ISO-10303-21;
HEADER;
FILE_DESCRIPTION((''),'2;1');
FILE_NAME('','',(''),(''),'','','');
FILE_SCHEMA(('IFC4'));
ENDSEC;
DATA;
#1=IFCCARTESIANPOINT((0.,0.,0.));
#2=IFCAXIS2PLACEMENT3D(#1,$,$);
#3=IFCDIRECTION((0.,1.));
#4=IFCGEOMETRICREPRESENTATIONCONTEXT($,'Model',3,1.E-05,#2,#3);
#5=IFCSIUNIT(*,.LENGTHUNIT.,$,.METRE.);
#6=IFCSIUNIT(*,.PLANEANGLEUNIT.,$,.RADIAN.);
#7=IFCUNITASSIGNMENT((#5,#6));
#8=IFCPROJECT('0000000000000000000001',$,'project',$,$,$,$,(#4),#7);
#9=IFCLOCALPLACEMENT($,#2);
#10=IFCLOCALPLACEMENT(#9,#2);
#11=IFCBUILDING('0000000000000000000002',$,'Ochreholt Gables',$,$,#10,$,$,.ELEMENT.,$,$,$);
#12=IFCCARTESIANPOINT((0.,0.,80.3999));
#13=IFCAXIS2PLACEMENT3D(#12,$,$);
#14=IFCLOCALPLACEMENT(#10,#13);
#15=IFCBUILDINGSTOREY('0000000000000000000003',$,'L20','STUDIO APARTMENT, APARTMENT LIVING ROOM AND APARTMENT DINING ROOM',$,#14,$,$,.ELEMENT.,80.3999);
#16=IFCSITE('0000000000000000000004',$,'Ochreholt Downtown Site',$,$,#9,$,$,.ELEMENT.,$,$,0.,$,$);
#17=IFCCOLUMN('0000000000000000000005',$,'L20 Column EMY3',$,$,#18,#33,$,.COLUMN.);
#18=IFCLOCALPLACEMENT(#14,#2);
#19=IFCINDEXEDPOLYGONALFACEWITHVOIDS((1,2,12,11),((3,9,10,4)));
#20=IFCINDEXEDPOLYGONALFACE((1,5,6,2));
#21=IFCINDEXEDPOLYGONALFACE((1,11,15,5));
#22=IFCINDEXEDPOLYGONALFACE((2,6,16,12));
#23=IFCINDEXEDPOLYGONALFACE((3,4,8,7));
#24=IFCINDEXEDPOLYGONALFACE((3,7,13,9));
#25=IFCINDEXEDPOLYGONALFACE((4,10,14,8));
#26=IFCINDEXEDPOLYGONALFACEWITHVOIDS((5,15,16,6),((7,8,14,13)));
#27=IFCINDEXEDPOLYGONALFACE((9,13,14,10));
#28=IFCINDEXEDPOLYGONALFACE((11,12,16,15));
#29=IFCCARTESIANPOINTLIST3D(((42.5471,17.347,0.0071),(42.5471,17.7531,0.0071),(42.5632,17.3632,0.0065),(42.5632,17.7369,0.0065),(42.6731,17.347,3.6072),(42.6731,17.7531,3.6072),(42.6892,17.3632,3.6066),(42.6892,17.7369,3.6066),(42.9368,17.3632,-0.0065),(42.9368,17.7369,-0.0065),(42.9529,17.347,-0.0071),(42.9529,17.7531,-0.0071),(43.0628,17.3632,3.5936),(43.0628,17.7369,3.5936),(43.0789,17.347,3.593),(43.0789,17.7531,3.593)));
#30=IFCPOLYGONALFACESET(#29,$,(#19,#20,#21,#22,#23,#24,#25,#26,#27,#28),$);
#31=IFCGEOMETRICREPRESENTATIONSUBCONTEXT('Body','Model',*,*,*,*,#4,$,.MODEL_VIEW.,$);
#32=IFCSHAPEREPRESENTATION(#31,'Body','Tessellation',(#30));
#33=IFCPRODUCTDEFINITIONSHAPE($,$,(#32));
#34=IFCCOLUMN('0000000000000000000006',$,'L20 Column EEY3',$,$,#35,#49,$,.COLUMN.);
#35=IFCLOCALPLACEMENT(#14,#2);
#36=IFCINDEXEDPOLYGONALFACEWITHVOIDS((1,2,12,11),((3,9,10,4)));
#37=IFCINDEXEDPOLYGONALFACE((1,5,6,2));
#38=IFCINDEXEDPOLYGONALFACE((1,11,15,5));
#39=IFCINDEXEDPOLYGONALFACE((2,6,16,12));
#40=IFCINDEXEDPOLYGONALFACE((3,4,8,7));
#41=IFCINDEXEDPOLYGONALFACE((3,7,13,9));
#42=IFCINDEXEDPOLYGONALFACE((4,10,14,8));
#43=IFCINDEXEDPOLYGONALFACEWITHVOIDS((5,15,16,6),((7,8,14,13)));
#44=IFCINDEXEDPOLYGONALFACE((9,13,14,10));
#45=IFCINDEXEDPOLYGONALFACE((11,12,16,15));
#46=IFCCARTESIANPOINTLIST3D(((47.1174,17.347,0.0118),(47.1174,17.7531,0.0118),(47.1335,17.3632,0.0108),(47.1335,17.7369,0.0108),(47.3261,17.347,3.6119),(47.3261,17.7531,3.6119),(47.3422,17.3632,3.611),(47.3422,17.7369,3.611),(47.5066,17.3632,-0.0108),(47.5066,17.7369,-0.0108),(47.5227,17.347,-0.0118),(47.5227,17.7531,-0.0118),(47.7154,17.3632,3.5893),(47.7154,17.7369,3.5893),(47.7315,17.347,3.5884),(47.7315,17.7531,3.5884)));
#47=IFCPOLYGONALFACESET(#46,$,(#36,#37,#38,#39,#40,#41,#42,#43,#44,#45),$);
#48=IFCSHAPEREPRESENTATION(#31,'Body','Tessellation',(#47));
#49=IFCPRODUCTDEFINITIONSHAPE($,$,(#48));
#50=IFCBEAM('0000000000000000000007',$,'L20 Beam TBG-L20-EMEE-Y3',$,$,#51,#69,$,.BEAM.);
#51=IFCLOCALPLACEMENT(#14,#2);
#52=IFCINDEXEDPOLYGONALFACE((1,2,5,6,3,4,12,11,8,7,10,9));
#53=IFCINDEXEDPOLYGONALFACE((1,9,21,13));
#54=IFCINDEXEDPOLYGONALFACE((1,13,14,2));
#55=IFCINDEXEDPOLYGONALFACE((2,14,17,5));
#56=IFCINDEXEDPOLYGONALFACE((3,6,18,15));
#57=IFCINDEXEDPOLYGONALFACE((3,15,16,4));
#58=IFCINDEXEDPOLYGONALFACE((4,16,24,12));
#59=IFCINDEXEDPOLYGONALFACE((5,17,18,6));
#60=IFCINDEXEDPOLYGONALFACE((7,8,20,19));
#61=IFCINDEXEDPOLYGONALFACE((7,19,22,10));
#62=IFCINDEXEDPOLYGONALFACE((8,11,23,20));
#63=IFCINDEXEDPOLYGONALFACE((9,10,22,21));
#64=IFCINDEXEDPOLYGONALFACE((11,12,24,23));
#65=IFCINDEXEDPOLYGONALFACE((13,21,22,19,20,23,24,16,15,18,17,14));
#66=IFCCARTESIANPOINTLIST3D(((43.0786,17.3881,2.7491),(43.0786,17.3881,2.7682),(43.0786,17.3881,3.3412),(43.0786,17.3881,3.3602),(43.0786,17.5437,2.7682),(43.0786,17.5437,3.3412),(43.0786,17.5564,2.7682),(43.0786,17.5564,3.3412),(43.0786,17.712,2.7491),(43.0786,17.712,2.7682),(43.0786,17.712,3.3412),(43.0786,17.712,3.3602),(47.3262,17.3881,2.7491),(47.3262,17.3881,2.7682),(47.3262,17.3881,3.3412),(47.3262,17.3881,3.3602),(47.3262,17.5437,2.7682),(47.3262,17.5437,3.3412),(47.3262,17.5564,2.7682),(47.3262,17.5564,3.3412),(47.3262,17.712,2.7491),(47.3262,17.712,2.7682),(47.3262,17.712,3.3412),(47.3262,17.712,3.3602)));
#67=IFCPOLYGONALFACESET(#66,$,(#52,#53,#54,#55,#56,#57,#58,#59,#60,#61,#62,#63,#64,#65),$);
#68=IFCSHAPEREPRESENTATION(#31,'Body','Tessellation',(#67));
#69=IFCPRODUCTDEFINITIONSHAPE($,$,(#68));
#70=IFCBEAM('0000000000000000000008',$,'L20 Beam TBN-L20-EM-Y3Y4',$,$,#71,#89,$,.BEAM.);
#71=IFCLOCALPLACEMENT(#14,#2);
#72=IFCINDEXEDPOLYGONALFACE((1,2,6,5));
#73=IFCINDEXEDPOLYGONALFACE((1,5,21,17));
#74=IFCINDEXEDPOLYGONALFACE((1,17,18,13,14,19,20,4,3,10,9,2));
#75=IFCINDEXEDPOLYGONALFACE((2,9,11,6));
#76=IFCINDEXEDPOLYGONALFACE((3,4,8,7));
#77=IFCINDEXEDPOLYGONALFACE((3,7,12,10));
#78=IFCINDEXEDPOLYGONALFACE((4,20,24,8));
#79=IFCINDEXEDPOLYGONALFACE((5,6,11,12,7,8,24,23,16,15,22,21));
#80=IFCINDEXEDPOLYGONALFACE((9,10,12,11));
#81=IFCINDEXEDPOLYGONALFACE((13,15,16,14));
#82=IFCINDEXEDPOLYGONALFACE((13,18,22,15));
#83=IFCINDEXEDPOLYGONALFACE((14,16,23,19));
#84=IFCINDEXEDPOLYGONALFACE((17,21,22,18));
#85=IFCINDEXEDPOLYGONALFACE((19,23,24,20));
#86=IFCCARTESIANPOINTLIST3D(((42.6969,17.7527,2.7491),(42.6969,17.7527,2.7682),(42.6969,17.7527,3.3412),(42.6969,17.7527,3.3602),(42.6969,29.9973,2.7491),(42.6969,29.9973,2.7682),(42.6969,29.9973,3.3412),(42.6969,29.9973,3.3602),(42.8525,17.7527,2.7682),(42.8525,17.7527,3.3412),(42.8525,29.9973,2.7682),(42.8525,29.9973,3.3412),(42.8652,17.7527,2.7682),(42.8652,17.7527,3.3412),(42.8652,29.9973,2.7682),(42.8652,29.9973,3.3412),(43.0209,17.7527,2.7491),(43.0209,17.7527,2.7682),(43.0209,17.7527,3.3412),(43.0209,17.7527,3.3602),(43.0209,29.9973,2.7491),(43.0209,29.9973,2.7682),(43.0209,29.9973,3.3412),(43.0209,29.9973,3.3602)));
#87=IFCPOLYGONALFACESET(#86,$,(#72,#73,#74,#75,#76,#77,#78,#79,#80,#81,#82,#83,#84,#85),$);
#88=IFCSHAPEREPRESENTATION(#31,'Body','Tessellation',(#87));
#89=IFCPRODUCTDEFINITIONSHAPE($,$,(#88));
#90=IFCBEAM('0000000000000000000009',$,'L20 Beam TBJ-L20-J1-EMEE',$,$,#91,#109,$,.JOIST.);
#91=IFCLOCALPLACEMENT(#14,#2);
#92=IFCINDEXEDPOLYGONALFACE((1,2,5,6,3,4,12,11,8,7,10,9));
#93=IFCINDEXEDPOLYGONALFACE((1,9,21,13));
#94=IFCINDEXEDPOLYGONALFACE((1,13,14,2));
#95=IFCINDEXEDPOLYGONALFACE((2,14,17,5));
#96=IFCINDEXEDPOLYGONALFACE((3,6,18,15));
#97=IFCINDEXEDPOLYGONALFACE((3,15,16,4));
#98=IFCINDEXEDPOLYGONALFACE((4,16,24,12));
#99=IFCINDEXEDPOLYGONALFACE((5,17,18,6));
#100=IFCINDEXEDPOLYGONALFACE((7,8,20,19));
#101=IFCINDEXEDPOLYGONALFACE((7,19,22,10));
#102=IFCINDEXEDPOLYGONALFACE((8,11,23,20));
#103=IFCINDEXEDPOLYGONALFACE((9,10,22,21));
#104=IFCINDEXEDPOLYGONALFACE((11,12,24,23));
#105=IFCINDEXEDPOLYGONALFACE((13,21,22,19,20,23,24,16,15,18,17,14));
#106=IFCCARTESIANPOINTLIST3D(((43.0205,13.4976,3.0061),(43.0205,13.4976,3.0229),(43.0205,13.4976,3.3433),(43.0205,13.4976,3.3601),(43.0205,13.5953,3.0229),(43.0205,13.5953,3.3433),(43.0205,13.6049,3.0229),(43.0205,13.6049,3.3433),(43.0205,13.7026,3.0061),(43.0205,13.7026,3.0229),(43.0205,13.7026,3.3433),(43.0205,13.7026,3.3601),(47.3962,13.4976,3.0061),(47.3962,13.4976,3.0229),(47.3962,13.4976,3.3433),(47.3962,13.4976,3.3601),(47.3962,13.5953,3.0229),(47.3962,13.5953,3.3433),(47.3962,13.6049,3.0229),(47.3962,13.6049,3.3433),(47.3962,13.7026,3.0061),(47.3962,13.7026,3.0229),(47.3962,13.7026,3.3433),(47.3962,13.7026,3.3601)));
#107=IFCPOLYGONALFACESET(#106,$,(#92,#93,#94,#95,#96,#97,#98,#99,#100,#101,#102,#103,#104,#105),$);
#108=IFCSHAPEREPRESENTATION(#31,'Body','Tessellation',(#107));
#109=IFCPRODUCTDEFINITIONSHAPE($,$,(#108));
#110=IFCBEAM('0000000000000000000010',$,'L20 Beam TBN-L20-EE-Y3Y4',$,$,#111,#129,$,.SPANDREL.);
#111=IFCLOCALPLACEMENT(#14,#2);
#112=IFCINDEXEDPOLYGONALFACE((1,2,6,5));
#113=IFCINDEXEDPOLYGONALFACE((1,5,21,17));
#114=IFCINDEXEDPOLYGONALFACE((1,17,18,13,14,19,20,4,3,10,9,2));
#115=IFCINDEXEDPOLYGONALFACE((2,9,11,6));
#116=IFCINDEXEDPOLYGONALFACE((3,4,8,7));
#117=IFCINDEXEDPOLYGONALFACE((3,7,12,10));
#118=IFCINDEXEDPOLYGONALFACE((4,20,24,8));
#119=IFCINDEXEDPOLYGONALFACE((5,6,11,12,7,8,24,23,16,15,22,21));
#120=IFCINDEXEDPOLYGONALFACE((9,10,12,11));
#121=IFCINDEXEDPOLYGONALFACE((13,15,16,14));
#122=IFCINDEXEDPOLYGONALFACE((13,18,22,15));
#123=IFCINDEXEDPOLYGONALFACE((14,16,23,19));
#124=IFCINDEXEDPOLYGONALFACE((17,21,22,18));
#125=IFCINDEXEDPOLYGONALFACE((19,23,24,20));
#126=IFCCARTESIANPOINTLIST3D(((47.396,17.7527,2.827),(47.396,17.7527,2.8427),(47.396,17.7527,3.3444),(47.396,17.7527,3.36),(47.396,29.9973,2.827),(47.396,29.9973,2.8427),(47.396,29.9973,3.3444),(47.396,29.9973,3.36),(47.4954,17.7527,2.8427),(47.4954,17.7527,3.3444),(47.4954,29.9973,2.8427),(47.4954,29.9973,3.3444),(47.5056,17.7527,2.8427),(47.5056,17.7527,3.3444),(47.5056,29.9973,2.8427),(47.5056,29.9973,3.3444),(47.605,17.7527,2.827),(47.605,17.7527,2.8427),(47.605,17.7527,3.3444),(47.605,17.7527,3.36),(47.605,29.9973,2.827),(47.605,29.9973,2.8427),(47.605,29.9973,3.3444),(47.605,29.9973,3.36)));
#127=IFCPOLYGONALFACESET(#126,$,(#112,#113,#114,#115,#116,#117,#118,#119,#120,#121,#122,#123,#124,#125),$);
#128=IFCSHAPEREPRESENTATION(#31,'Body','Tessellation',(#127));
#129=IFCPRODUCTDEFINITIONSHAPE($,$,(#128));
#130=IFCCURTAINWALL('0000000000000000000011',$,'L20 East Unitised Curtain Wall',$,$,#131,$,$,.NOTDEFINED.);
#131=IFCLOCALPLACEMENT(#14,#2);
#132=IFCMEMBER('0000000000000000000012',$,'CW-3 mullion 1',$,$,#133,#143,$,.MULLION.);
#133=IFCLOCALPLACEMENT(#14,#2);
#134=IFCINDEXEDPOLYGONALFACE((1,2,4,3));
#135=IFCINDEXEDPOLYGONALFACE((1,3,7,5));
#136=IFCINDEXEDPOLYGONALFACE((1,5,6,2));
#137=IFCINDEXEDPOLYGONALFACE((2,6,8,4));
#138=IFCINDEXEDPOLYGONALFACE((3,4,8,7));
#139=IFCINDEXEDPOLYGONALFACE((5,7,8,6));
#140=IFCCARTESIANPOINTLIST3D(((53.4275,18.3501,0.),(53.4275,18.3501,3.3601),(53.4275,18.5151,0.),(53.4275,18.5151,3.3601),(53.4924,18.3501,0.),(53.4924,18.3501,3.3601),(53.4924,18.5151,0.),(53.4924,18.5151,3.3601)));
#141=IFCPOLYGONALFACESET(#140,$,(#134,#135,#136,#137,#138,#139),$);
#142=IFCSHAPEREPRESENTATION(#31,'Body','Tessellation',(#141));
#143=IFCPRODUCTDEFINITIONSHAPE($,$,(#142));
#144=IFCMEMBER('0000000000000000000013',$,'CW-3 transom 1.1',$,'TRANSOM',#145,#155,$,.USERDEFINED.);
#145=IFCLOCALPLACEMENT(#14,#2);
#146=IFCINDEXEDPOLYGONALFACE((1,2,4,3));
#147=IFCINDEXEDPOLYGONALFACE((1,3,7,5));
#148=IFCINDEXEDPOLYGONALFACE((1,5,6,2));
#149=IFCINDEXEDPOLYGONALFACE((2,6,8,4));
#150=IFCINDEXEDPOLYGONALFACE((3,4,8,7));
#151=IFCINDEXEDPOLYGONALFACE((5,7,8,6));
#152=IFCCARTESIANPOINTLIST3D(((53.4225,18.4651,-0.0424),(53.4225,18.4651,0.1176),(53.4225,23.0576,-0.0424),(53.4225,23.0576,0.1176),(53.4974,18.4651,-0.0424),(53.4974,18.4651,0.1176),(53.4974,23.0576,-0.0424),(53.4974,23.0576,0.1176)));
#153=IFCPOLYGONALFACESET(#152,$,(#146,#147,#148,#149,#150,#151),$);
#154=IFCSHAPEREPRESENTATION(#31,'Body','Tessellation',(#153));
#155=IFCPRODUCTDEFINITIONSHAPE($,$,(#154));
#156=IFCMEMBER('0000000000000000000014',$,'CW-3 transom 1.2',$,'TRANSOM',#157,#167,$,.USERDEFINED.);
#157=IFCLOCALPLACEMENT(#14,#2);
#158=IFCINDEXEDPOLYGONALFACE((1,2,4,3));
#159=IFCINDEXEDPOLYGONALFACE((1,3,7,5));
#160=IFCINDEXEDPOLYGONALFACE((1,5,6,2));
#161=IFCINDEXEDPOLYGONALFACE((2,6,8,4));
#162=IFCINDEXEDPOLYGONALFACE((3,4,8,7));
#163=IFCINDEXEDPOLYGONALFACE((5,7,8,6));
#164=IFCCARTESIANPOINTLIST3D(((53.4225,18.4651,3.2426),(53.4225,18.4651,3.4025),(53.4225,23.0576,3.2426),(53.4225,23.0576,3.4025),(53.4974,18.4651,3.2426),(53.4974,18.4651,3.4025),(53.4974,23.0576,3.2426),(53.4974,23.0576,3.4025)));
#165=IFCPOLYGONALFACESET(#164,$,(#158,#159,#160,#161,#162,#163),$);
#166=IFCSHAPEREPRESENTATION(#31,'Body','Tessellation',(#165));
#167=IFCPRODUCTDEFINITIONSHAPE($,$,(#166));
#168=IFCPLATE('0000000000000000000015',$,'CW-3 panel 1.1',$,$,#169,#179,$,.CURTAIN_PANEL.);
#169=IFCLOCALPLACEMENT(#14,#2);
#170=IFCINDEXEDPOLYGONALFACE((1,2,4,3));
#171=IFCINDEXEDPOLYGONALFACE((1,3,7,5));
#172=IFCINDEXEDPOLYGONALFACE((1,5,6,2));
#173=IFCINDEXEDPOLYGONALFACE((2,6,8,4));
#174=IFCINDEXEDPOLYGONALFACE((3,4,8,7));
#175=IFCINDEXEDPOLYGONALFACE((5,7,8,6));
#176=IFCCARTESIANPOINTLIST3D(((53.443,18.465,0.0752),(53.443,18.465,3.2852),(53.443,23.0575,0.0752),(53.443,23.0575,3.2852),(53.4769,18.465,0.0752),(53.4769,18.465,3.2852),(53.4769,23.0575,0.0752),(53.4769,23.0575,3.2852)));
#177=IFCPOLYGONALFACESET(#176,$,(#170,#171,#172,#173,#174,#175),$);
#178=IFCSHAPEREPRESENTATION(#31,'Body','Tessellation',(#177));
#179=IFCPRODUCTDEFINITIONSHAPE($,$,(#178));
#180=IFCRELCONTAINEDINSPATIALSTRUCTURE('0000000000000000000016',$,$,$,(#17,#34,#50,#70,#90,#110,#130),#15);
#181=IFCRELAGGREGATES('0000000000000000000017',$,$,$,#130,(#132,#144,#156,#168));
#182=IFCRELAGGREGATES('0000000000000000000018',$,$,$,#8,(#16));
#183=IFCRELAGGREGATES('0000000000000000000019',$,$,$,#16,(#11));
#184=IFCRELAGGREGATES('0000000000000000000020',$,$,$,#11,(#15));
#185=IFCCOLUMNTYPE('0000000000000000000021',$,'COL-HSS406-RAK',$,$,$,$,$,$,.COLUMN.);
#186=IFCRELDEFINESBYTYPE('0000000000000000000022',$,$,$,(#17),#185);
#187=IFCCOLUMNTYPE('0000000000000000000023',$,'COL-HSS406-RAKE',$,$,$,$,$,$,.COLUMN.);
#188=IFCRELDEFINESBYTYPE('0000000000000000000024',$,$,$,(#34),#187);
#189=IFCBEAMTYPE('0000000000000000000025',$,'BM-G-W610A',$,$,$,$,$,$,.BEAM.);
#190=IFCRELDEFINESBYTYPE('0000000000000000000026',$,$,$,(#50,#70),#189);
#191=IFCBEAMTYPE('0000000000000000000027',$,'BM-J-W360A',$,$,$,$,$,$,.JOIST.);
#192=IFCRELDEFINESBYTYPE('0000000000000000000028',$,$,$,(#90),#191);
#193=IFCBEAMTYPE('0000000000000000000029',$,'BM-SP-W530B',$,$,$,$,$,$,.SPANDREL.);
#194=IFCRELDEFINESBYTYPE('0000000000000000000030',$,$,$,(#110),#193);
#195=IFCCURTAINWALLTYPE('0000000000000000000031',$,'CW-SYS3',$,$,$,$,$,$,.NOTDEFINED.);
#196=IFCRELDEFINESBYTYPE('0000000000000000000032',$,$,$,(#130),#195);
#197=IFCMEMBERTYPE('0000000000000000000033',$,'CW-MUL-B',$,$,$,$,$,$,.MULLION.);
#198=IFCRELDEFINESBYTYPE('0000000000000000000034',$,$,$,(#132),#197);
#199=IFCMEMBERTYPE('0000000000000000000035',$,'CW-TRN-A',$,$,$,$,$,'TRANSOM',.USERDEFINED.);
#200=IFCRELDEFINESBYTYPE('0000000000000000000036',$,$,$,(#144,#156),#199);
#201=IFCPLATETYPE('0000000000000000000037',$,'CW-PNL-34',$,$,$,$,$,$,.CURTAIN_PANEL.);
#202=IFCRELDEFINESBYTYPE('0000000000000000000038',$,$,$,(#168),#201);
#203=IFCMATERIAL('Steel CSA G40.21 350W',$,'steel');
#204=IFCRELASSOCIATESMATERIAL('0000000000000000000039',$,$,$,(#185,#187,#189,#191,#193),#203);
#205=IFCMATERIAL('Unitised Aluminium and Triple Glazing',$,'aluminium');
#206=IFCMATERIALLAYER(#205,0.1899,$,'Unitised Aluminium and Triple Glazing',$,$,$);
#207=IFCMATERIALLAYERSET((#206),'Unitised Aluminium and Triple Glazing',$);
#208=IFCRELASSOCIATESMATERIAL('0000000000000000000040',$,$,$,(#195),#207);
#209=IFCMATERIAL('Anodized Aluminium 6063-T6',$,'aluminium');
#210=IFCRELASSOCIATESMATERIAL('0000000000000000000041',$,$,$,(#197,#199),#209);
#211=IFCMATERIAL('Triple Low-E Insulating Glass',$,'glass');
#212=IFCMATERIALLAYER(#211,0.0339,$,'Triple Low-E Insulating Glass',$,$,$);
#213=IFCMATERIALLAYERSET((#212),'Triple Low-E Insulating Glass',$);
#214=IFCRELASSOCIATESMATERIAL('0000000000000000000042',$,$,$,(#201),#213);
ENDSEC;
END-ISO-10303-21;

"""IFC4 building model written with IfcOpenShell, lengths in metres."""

from ifc_helpers import new_model, si_unit, direction, frame, origin, origin_2d, place, context, subcontext, project, spatial, rectangle, hollow_rectangle, i_section, extrude, material, layer, layer_set, material_profile, profile_set, type_object, element, aggregate, save


model = new_model("IFC4")

# Units and contexts
model_context = context("Model", 3, precision=1e-05, world=origin(), true_north=direction((0.0, 1.0)))
body_context = subcontext(model_context, "Body", "Model", "MODEL_VIEW")
ifc_project = project(units=[si_unit("LENGTHUNIT", "METRE"), si_unit("PLANEANGLEUNIT", "RADIAN")], contexts=[model_context])

# Site, building, storey
site_placement = place(None, origin())
site = spatial("IfcSite", under=ifc_project, at=site_placement, Name="Ochreholt Downtown Site", CompositionType="ELEMENT", RefElevation=0.0)
building_placement = place(site_placement, origin())
building = spatial("IfcBuilding", under=site, at=building_placement, Name="Ochreholt Gables", CompositionType="ELEMENT")
storey_placement = place(building_placement, frame((0.0, 0.0, 80.3999)))
storey = spatial("IfcBuildingStorey", under=building, at=storey_placement, Name="L20", Description="STUDIO APARTMENT, APARTMENT LIVING ROOM AND APARTMENT DINING ROOM", CompositionType="ELEMENT", Elevation=80.3999)

# Columns
ifc_material_1 = material(Name="Steel CSA G40.21 350W", Category="steel")
ifc_material_profile_1 = material_profile(ifc_material_1, hollow_rectangle(XDim=0.406, YDim=0.406, WallThickness=0.0161, at=origin_2d()), Name="HSS406X406X16")
ifc_profile_set_1 = profile_set([ifc_material_profile_1], Name="Steel CSA G40.21 350W")
column_type_1 = type_object("IfcColumnType", Name="COL-HSS406-RAK", PredefinedType="COLUMN", material=ifc_profile_set_1)
column_1_placement = place(storey_placement, frame((42.75, 17.55, 0.0), z_axis=(0.034971, 0.0, 0.999388), x_axis=(0.0, 1.0, 0.0)))
element("IfcColumn", 1, at=column_1_placement, inside=storey, type_object=column_type_1, Name="L20 Column EMY3", PredefinedType="COLUMN", context=body_context, shape_type="SweptSolid", body=[
    extrude(hollow_rectangle(XDim=0.406, YDim=0.406, WallThickness=0.0161, at=origin_2d()), origin(), (0.0, 0.0, 1.0), 3.6023),
])
ifc_material_profile_2 = material_profile(ifc_material_1, hollow_rectangle(XDim=0.406, YDim=0.406, WallThickness=0.0161, at=origin_2d()), Name="HSS406X406X16")
ifc_profile_set_2 = profile_set([ifc_material_profile_2], Name="Steel CSA G40.21 350W")
column_type_2 = type_object("IfcColumnType", Name="COL-HSS406-RAKE", PredefinedType="COLUMN", material=ifc_profile_set_2)
column_2_placement = place(storey_placement, frame((47.3201, 17.55, 0.0), z_axis=(0.057885, 0.0, 0.998323), x_axis=(0.0, 1.0, 0.0)))
element("IfcColumn", 2, at=column_2_placement, inside=storey, type_object=column_type_2, Name="L20 Column EEY3", PredefinedType="COLUMN", context=body_context, shape_type="SweptSolid", body=[
    extrude(hollow_rectangle(XDim=0.406, YDim=0.406, WallThickness=0.0161, at=origin_2d()), origin(), (0.0, 0.0, 1.0), 3.6062),
])

# Beams
ifc_material_profile_3 = material_profile(ifc_material_1, i_section(OverallWidth=0.324, OverallDepth=0.6111, WebThickness=0.0127, FlangeThickness=0.019, at=origin_2d()), Name="W610X155")
ifc_profile_set_3 = profile_set([ifc_material_profile_3], Name="Steel CSA G40.21 350W")
beam_type_1 = type_object("IfcBeamType", Name="BM-G-W610A", PredefinedType="BEAM", material=ifc_profile_set_3)
beam_1_placement = place(storey_placement, frame((43.0786, 17.55, 3.0547), z_axis=(1.0, 0.0, 0.0), x_axis=(0.0, 1.0, 0.0)))
element("IfcBeam", 3, at=beam_1_placement, inside=storey, type_object=beam_type_1, Name="L20 Beam TBG-L20-EMEE-Y3", PredefinedType="BEAM", context=body_context, shape_type="SweptSolid", body=[
    extrude(i_section(OverallWidth=0.324, OverallDepth=0.6111, WebThickness=0.0127, FlangeThickness=0.019, at=origin_2d()), origin(), (0.0, 0.0, 1.0), 4.2476),
])
beam_2_placement = place(storey_placement, frame((42.8589, 17.7527, 3.0547), z_axis=(0.0, 1.0, 0.0), x_axis=(-1.0, 0.0, 0.0)))
element("IfcBeam", 4, at=beam_2_placement, inside=storey, type_object=beam_type_1, Name="L20 Beam TBN-L20-EM-Y3Y4", PredefinedType="BEAM", context=body_context, shape_type="SweptSolid", body=[
    extrude(i_section(OverallWidth=0.324, OverallDepth=0.6111, WebThickness=0.0127, FlangeThickness=0.019, at=origin_2d()), origin(), (0.0, 0.0, 1.0), 12.2446),
])
ifc_material_profile_4 = material_profile(ifc_material_1, i_section(OverallWidth=0.2051, OverallDepth=0.354, WebThickness=0.0095, FlangeThickness=0.0168, at=origin_2d()), Name="W360X79")
ifc_profile_set_4 = profile_set([ifc_material_profile_4], Name="Steel CSA G40.21 350W")
beam_type_2 = type_object("IfcBeamType", Name="BM-J-W360A", PredefinedType="JOIST", material=ifc_profile_set_4)
beam_3_placement = place(storey_placement, frame((43.0205, 13.6001, 3.1831), z_axis=(1.0, 0.0, 0.0), x_axis=(0.0, 1.0, 0.0)))
element("IfcBeam", 5, at=beam_3_placement, inside=storey, type_object=beam_type_2, Name="L20 Beam TBJ-L20-J1-EMEE", PredefinedType="JOIST", context=body_context, shape_type="SweptSolid", body=[
    extrude(i_section(OverallWidth=0.2051, OverallDepth=0.354, WebThickness=0.0095, FlangeThickness=0.0168, at=origin_2d()), origin(), (0.0, 0.0, 1.0), 4.3757),
])
ifc_material_profile_5 = material_profile(ifc_material_1, i_section(OverallWidth=0.209, OverallDepth=0.533, WebThickness=0.0103, FlangeThickness=0.0156, at=origin_2d()), Name="W530X92")
ifc_profile_set_5 = profile_set([ifc_material_profile_5], Name="Steel CSA G40.21 350W")
beam_type_3 = type_object("IfcBeamType", Name="BM-SP-W530B", PredefinedType="SPANDREL", material=ifc_profile_set_5)
beam_4_placement = place(storey_placement, frame((47.5005, 17.7527, 3.0935), z_axis=(0.0, 1.0, 0.0), x_axis=(-1.0, 0.0, 0.0)))
element("IfcBeam", 6, at=beam_4_placement, inside=storey, type_object=beam_type_3, Name="L20 Beam TBN-L20-EE-Y3Y4", PredefinedType="SPANDREL", context=body_context, shape_type="SweptSolid", body=[
    extrude(i_section(OverallWidth=0.209, OverallDepth=0.533, WebThickness=0.0103, FlangeThickness=0.0156, at=origin_2d()), origin(), (0.0, 0.0, 1.0), 12.2446),
])

# Curtain wall, members, plate
ifc_material_2 = material(Name="Unitised Aluminium and Triple Glazing", Category="aluminium")
ifc_layer_1 = layer(ifc_material_2, 0.1899, Name="Unitised Aluminium and Triple Glazing")
ifc_layer_set_1 = layer_set([ifc_layer_1], Name="Unitised Aluminium and Triple Glazing")
curtain_wall_type = type_object("IfcCurtainWallType", Name="CW-SYS3", PredefinedType="NOTDEFINED", material=ifc_layer_set_1)
curtain_wall_placement = place(storey_placement, origin())
curtain_wall = element("IfcCurtainWall", 7, at=curtain_wall_placement, inside=storey, type_object=curtain_wall_type, Name="L20 East Unitised Curtain Wall", PredefinedType="NOTDEFINED")
ifc_material_3 = material(Name="Anodized Aluminium 6063-T6", Category="aluminium")
ifc_material_profile_6 = material_profile(ifc_material_3, rectangle(XDim=0.0649, YDim=0.165, at=origin_2d()), Name="CWM65X165")
ifc_profile_set_6 = profile_set([ifc_material_profile_6], Name="Anodized Aluminium 6063-T6")
member_type_1 = type_object("IfcMemberType", Name="CW-MUL-B", PredefinedType="MULLION", material=ifc_profile_set_6)
member_1_placement = place(storey_placement, frame((53.46, 18.4326, 0.0), z_axis=(0.0, 0.0, 1.0), x_axis=(-1.0, 0.0, 0.0)))
member_1 = element("IfcMember", 8, at=member_1_placement, type_object=member_type_1, Name="CW-3 mullion 1", PredefinedType="MULLION", context=body_context, shape_type="SweptSolid", body=[
    extrude(rectangle(XDim=0.0649, YDim=0.165, at=origin_2d()), origin(), (0.0, 0.0, 1.0), 3.3601),
])
ifc_material_profile_7 = material_profile(ifc_material_3, rectangle(XDim=0.075, YDim=0.1599, at=origin_2d()), Name="CWT75X160")
ifc_profile_set_7 = profile_set([ifc_material_profile_7], Name="Anodized Aluminium 6063-T6")
member_type_2 = type_object("IfcMemberType", Name="CW-TRN-A", ElementType="TRANSOM", PredefinedType="USERDEFINED", material=ifc_profile_set_7)
member_2_placement = place(storey_placement, frame((53.46, 18.4651, 0.0376), z_axis=(0.0, 1.0, 0.0), x_axis=(-1.0, 0.0, 0.0)))
member_2 = element("IfcMember", 9, at=member_2_placement, type_object=member_type_2, Name="CW-3 transom 1.1", ObjectType="TRANSOM", PredefinedType="USERDEFINED", context=body_context, shape_type="SweptSolid", body=[
    extrude(rectangle(XDim=0.075, YDim=0.1599, at=origin_2d()), origin(), (0.0, 0.0, 1.0), 4.5925),
])
member_3_placement = place(storey_placement, frame((53.46, 18.4651, 3.3225), z_axis=(0.0, 1.0, 0.0), x_axis=(-1.0, 0.0, 0.0)))
member_3 = element("IfcMember", 10, at=member_3_placement, type_object=member_type_2, Name="CW-3 transom 1.2", ObjectType="TRANSOM", PredefinedType="USERDEFINED", context=body_context, shape_type="SweptSolid", body=[
    extrude(rectangle(XDim=0.075, YDim=0.1599, at=origin_2d()), origin(), (0.0, 0.0, 1.0), 4.5925),
])
ifc_material_4 = material(Name="Triple Low-E Insulating Glass", Category="glass")
ifc_layer_2 = layer(ifc_material_4, 0.0339, Name="Triple Low-E Insulating Glass")
ifc_layer_set_2 = layer_set([ifc_layer_2], Name="Triple Low-E Insulating Glass")
plate_type = type_object("IfcPlateType", Name="CW-PNL-34", PredefinedType="CURTAIN_PANEL", material=ifc_layer_set_2)
plate_placement = place(storey_placement, frame((53.46, 20.7612, 0.0752), z_axis=(0.0, 0.0, 1.0), x_axis=(0.0, 1.0, 0.0)))
plate = element("IfcPlate", 11, at=plate_placement, type_object=plate_type, Name="CW-3 panel 1.1", PredefinedType="CURTAIN_PANEL", context=body_context, shape_type="SweptSolid", body=[
    extrude(rectangle(XDim=4.5925, YDim=0.0339, at=origin_2d()), origin(), (0.0, 0.0, 1.0), 3.21),
])
aggregate(curtain_wall, [member_1, member_2, member_3, plate])

save(model, "model.ifc")
